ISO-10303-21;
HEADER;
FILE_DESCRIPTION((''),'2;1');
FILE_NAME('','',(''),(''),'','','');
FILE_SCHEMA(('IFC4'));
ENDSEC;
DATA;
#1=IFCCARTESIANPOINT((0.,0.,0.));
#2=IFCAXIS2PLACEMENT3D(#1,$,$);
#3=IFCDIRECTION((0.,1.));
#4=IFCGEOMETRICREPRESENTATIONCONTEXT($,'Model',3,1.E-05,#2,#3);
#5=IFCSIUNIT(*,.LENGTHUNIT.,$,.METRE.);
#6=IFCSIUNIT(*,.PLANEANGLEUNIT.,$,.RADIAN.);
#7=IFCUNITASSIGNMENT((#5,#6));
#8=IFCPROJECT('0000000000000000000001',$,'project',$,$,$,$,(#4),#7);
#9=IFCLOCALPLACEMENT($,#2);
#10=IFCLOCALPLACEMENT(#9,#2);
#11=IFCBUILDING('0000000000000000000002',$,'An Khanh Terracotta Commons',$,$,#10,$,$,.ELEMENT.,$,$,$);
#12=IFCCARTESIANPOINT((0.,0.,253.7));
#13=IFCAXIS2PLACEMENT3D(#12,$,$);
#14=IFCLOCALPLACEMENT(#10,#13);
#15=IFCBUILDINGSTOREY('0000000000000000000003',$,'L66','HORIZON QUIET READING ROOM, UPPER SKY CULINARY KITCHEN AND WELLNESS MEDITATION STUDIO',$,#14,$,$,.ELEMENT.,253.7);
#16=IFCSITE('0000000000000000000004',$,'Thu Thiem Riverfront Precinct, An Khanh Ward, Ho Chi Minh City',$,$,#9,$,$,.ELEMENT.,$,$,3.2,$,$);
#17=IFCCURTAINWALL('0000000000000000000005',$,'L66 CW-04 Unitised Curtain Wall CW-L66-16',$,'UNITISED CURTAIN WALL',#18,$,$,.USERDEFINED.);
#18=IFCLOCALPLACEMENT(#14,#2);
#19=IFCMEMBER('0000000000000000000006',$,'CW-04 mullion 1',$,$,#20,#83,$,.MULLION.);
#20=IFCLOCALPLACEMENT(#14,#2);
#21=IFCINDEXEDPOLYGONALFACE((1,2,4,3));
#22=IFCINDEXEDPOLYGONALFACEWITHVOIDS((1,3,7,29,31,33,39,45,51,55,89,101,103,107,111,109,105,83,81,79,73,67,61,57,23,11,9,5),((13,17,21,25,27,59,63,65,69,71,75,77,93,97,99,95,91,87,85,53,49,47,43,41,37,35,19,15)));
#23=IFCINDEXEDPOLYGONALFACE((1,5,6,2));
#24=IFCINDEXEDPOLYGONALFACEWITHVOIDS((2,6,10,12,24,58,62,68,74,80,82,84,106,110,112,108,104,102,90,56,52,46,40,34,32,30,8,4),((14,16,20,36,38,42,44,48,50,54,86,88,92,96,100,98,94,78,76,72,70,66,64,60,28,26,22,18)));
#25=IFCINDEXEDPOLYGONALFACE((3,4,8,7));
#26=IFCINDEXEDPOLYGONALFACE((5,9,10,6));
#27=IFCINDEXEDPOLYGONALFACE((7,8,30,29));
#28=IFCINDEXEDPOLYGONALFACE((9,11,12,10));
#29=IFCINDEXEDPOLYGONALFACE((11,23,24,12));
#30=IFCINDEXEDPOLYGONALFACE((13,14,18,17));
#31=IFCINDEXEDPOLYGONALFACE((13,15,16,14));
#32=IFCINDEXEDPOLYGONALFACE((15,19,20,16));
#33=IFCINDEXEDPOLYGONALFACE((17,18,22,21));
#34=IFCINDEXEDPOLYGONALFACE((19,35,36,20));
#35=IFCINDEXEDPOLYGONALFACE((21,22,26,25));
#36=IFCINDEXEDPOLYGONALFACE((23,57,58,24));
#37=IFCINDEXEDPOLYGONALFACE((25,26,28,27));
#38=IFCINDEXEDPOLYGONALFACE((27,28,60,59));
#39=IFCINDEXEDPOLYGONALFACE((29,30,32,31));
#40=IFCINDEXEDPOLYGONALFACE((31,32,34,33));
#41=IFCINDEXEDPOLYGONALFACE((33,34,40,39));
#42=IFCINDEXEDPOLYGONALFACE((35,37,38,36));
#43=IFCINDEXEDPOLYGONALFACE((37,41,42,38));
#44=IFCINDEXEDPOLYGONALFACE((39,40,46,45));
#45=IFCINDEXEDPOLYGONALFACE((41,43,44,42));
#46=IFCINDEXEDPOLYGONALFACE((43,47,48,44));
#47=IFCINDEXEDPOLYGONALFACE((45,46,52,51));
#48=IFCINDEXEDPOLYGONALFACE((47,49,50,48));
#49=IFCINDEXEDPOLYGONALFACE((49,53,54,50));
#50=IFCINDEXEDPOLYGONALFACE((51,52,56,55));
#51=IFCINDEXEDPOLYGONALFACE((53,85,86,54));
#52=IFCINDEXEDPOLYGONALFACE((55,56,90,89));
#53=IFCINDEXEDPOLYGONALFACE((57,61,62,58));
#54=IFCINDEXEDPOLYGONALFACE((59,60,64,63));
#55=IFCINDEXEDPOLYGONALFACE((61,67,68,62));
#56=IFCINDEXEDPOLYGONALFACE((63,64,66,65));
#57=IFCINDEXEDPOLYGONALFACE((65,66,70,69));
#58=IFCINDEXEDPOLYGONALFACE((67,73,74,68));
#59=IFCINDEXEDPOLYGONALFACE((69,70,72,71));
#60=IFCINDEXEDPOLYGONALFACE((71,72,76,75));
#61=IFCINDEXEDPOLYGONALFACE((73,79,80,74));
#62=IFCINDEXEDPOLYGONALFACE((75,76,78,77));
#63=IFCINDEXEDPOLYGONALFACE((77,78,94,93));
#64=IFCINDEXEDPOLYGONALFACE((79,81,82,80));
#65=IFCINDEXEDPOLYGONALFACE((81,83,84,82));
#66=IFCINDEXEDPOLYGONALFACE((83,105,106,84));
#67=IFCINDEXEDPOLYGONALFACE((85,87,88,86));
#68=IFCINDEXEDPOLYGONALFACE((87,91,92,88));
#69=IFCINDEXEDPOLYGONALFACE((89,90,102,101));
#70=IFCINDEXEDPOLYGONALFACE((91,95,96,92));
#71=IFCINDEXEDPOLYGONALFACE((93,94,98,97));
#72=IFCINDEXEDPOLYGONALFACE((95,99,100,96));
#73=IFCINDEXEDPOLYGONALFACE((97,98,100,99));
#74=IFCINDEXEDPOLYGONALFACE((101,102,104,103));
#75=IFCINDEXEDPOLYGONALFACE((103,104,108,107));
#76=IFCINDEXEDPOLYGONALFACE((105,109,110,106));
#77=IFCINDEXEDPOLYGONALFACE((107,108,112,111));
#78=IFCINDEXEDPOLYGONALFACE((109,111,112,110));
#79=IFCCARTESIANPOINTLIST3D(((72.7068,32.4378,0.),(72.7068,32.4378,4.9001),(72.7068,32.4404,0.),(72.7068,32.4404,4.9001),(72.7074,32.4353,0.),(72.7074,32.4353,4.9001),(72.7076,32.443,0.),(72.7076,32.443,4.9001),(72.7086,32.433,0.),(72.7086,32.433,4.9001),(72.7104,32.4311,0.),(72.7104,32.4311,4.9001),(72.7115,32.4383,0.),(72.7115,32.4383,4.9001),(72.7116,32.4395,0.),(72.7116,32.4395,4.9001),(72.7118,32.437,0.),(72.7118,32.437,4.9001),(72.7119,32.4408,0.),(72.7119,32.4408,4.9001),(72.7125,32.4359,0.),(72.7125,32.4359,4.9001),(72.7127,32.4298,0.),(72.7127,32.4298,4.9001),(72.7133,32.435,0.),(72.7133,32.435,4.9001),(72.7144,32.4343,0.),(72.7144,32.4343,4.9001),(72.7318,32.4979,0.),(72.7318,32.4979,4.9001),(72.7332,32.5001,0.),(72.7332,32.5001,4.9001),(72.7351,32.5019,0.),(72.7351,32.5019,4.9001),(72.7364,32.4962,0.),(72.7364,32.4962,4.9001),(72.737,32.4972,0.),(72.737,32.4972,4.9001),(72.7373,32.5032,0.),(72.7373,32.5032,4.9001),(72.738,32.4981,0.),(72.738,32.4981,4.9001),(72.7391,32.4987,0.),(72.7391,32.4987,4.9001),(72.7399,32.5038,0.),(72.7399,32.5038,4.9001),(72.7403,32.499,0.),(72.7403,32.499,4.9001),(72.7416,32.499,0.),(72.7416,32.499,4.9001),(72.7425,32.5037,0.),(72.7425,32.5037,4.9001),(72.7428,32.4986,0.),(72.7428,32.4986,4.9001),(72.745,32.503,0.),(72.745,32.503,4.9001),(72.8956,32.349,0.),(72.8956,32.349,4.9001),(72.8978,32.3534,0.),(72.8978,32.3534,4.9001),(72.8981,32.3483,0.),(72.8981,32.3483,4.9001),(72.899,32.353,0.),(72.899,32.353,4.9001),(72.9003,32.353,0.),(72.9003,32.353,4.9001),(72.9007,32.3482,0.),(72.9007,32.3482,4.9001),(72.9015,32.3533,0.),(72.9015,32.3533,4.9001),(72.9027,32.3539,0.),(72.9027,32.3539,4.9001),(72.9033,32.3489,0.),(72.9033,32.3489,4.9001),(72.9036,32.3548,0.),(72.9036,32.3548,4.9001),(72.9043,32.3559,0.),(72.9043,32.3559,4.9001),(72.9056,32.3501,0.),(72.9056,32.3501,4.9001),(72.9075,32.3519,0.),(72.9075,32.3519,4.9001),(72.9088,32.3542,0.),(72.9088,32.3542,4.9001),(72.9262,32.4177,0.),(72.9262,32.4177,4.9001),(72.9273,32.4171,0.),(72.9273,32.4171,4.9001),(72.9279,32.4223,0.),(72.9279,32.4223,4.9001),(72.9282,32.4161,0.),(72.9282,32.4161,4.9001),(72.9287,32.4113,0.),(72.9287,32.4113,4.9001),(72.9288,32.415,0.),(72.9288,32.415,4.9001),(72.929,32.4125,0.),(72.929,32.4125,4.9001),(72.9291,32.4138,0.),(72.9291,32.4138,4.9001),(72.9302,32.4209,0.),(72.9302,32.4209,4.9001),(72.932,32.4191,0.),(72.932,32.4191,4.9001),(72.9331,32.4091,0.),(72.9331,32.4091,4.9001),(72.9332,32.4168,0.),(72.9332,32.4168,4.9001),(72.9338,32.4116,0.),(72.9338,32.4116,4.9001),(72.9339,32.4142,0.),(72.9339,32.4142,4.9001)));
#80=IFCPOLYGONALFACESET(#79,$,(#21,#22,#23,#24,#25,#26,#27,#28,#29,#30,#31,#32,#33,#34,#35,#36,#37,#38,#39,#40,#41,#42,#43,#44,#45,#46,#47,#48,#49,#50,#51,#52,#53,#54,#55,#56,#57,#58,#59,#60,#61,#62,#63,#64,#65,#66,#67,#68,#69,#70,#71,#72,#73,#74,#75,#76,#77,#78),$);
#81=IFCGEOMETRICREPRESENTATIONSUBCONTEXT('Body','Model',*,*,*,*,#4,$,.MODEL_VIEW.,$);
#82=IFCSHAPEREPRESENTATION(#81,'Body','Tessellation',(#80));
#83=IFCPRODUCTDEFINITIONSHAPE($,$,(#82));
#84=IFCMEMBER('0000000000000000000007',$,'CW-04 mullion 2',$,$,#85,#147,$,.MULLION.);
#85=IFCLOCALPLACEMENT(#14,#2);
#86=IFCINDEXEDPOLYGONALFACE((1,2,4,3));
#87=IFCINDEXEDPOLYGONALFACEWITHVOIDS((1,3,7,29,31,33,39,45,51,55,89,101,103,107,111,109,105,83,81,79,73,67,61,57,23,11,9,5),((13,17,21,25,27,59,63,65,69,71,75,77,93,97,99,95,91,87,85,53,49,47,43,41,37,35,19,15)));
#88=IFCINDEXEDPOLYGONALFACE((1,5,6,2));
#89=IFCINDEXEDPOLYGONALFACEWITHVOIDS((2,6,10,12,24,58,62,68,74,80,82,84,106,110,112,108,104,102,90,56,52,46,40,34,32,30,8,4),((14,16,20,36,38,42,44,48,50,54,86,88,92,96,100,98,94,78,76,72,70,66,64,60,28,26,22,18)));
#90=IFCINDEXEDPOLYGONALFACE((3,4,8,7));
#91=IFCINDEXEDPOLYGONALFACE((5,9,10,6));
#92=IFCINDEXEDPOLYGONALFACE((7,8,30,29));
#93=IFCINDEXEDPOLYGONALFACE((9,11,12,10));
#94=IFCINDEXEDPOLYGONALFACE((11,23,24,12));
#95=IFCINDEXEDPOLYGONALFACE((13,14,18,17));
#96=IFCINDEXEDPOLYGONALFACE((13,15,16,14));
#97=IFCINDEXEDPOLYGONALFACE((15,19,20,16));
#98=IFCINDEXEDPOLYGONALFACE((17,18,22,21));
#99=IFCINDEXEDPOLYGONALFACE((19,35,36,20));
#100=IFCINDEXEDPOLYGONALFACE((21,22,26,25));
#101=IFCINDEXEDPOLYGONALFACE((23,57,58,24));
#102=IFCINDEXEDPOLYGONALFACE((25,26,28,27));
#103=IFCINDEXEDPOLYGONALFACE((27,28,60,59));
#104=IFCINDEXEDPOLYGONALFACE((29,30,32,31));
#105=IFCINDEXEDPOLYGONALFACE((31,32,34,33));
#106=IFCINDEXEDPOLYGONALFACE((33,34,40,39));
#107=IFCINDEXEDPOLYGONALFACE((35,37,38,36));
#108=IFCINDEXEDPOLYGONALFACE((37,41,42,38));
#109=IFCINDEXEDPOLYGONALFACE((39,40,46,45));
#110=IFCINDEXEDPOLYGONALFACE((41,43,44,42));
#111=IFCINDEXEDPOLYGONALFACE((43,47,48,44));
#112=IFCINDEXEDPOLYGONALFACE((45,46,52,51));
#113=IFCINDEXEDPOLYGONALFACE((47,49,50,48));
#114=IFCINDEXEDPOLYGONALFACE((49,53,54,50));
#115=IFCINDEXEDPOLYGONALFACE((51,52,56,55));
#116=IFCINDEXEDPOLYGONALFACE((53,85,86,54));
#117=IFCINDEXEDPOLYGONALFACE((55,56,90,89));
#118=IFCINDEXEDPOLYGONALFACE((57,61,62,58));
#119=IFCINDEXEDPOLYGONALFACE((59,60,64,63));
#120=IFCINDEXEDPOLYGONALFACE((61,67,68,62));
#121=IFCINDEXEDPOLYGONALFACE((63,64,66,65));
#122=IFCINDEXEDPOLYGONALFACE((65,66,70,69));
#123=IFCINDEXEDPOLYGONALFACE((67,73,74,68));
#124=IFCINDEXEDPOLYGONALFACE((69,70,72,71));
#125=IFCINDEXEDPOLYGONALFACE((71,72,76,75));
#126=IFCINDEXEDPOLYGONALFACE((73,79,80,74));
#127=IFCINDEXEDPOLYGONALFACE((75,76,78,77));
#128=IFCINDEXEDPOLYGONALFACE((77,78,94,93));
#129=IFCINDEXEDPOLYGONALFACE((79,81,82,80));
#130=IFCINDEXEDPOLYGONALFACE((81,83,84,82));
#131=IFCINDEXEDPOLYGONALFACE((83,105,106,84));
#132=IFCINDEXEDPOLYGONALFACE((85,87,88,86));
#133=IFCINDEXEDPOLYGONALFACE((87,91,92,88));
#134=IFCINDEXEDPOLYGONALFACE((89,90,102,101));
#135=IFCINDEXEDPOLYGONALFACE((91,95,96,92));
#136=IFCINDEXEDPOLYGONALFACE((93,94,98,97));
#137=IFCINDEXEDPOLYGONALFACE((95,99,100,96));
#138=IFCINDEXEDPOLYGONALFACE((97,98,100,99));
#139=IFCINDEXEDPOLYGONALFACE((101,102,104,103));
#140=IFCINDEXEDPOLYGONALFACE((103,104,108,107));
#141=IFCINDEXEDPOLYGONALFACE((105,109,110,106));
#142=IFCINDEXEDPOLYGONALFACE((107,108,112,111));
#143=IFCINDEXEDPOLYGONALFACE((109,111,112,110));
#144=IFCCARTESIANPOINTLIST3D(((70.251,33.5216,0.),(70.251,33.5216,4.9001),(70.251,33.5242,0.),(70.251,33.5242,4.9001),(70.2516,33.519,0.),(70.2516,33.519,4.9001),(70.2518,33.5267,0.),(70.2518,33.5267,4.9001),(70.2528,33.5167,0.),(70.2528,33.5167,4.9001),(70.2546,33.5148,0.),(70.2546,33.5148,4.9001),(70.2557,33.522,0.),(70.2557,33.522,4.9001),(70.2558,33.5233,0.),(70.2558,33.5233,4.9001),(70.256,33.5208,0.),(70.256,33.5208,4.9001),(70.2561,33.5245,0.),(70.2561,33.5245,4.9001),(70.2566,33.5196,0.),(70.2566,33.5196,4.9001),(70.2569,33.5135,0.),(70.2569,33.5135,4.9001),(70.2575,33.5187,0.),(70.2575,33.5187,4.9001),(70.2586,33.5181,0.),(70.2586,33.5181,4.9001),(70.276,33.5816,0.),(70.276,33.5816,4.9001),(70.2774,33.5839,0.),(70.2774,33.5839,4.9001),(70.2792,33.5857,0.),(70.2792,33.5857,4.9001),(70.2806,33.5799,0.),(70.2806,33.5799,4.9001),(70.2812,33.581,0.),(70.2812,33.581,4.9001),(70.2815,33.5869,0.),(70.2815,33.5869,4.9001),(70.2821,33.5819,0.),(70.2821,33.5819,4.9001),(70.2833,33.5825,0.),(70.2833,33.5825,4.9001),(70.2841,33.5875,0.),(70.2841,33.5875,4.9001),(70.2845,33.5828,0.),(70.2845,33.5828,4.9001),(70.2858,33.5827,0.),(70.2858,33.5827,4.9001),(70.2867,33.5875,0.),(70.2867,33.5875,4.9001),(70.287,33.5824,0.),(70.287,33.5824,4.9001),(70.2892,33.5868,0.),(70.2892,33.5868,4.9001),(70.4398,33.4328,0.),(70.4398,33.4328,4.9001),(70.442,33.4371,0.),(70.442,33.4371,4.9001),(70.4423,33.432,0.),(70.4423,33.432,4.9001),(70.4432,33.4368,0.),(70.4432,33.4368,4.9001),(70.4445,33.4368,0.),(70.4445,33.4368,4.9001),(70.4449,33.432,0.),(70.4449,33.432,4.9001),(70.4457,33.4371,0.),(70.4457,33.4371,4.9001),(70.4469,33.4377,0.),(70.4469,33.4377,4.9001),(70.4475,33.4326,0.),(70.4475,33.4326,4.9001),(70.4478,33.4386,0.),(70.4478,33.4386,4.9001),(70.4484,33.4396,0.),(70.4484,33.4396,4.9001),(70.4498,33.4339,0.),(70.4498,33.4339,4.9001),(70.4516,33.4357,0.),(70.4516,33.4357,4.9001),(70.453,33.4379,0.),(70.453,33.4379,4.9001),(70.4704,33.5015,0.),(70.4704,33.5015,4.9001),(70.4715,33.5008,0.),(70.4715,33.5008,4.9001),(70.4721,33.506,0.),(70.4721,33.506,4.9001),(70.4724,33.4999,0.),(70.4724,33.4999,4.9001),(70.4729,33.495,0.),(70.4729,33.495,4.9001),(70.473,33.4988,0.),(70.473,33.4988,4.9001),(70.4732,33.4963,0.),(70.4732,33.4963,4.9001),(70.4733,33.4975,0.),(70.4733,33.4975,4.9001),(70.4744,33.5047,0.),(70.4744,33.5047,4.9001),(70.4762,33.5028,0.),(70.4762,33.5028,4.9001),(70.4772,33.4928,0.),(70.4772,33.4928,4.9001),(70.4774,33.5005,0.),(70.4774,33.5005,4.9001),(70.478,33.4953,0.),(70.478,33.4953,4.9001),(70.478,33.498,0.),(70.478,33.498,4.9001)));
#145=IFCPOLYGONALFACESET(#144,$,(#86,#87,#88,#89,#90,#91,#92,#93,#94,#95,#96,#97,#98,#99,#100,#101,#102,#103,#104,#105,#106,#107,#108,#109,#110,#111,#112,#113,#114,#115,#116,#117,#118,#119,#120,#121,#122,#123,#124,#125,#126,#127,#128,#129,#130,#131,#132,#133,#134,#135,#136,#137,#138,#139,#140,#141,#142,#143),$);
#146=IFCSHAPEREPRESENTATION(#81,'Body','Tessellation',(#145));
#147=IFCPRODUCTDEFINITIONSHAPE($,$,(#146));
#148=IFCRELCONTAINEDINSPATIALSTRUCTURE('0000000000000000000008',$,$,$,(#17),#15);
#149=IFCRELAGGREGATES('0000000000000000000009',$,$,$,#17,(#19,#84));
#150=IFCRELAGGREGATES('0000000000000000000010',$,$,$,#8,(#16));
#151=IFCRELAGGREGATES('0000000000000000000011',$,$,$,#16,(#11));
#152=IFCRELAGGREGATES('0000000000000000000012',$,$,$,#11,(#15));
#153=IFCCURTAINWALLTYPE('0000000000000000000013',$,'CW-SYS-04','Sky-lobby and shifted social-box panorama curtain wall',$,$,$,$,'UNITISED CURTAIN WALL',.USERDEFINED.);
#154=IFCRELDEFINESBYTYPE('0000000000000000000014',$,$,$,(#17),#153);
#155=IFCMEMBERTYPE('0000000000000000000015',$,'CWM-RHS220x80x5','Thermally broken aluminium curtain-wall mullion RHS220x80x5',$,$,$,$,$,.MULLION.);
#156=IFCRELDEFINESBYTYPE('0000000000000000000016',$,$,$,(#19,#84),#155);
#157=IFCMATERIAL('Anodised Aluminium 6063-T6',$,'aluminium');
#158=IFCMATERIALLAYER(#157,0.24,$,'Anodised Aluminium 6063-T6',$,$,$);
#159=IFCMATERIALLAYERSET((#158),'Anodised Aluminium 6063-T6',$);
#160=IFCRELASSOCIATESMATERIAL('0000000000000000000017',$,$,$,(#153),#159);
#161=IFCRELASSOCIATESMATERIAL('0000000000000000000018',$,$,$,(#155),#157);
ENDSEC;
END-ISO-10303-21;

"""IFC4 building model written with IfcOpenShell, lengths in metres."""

from ifc_helpers import new_model, si_unit, direction, frame, origin, origin_2d, place, context, subcontext, project, spatial, hollow_rectangle, extrude, material, layer, layer_set, material_profile, profile_set, type_object, element, aggregate, save


model = new_model("IFC4")

# Units and contexts
model_context = context("Model", 3, precision=1e-05, world=origin(), true_north=direction((0.0, 1.0)))
body_context = subcontext(model_context, "Body", "Model", "MODEL_VIEW")
ifc_project = project(units=[si_unit("LENGTHUNIT", "METRE"), si_unit("PLANEANGLEUNIT", "RADIAN")], contexts=[model_context])

# Site, building, storey
site_placement = place(None, origin())
site = spatial("IfcSite", under=ifc_project, at=site_placement, Name="Thu Thiem Riverfront Precinct, An Khanh Ward, Ho Chi Minh City", CompositionType="ELEMENT", RefElevation=3.2)
building_placement = place(site_placement, origin())
building = spatial("IfcBuilding", under=site, at=building_placement, Name="An Khanh Terracotta Commons", CompositionType="ELEMENT")
storey_placement = place(building_placement, frame((0.0, 0.0, 253.7)))
storey = spatial("IfcBuildingStorey", under=building, at=storey_placement, Name="L66", Description="HORIZON QUIET READING ROOM, UPPER SKY CULINARY KITCHEN AND WELLNESS MEDITATION STUDIO", CompositionType="ELEMENT", Elevation=253.7)

# Curtain wall, members
ifc_material_1 = material(Name="Anodised Aluminium 6063-T6", Category="aluminium")
ifc_layer_1 = layer(ifc_material_1, 0.24, Name="Anodised Aluminium 6063-T6")
ifc_layer_set_1 = layer_set([ifc_layer_1], Name="Anodised Aluminium 6063-T6")
curtain_wall_type = type_object("IfcCurtainWallType", Name="CW-SYS-04", Description="Sky-lobby and shifted social-box panorama curtain wall", ElementType="UNITISED CURTAIN WALL", PredefinedType="USERDEFINED", material=ifc_layer_set_1)
ifc_material_profile_1 = material_profile(ifc_material_1, hollow_rectangle(XDim=0.0801, YDim=0.22, WallThickness=0.0049, InnerFilletRadius=0.0049, OuterFilletRadius=0.01, at=origin_2d()), Name="RHS220x80x5")
ifc_profile_set_1 = profile_set([ifc_material_profile_1], Name="Anodised Aluminium 6063-T6")
member_type_1 = type_object("IfcMemberType", Name="CWM-RHS220x80x5", Description="Thermally broken aluminium curtain-wall mullion RHS220x80x5", PredefinedType="MULLION", material=ifc_profile_set_1)
curtain_wall_1_placement = place(storey_placement, origin())
curtain_wall_1 = element("IfcCurtainWall", 1, at=curtain_wall_1_placement, inside=storey, type_object=curtain_wall_type, Name="L66 CW-04 Unitised Curtain Wall CW-L66-16", ObjectType="UNITISED CURTAIN WALL", PredefinedType="USERDEFINED")
member_1_placement = place(storey_placement, frame((72.8203, 32.426, 0.0), z_axis=(0.0, 0.0, 1.0), x_axis=(-0.403676, -0.914902, 0.0)))
member_1 = element("IfcMember", 2, at=member_1_placement, type_object=member_type_1, Name="CW-04 mullion 1", PredefinedType="MULLION", context=body_context, shape_type="SweptSolid", body=[
    extrude(hollow_rectangle(XDim=0.0801, YDim=0.22, WallThickness=0.0049, InnerFilletRadius=0.0049, OuterFilletRadius=0.01, at=origin_2d()), origin(), (0.0, 0.0, 1.0), 4.9001),
])
member_2_placement = place(storey_placement, frame((70.3645, 33.5098, 0.0), z_axis=(0.0, 0.0, 1.0), x_axis=(-0.403676, -0.914902, 0.0)))
member_2 = element("IfcMember", 3, at=member_2_placement, type_object=member_type_1, Name="CW-04 mullion 2", PredefinedType="MULLION", context=body_context, shape_type="SweptSolid", body=[
    extrude(hollow_rectangle(XDim=0.0801, YDim=0.22, WallThickness=0.0049, InnerFilletRadius=0.0049, OuterFilletRadius=0.01, at=origin_2d()), origin(), (0.0, 0.0, 1.0), 4.9001),
])

aggregate(curtain_wall_1, [member_1, member_2])

save(model, "model.ifc")
